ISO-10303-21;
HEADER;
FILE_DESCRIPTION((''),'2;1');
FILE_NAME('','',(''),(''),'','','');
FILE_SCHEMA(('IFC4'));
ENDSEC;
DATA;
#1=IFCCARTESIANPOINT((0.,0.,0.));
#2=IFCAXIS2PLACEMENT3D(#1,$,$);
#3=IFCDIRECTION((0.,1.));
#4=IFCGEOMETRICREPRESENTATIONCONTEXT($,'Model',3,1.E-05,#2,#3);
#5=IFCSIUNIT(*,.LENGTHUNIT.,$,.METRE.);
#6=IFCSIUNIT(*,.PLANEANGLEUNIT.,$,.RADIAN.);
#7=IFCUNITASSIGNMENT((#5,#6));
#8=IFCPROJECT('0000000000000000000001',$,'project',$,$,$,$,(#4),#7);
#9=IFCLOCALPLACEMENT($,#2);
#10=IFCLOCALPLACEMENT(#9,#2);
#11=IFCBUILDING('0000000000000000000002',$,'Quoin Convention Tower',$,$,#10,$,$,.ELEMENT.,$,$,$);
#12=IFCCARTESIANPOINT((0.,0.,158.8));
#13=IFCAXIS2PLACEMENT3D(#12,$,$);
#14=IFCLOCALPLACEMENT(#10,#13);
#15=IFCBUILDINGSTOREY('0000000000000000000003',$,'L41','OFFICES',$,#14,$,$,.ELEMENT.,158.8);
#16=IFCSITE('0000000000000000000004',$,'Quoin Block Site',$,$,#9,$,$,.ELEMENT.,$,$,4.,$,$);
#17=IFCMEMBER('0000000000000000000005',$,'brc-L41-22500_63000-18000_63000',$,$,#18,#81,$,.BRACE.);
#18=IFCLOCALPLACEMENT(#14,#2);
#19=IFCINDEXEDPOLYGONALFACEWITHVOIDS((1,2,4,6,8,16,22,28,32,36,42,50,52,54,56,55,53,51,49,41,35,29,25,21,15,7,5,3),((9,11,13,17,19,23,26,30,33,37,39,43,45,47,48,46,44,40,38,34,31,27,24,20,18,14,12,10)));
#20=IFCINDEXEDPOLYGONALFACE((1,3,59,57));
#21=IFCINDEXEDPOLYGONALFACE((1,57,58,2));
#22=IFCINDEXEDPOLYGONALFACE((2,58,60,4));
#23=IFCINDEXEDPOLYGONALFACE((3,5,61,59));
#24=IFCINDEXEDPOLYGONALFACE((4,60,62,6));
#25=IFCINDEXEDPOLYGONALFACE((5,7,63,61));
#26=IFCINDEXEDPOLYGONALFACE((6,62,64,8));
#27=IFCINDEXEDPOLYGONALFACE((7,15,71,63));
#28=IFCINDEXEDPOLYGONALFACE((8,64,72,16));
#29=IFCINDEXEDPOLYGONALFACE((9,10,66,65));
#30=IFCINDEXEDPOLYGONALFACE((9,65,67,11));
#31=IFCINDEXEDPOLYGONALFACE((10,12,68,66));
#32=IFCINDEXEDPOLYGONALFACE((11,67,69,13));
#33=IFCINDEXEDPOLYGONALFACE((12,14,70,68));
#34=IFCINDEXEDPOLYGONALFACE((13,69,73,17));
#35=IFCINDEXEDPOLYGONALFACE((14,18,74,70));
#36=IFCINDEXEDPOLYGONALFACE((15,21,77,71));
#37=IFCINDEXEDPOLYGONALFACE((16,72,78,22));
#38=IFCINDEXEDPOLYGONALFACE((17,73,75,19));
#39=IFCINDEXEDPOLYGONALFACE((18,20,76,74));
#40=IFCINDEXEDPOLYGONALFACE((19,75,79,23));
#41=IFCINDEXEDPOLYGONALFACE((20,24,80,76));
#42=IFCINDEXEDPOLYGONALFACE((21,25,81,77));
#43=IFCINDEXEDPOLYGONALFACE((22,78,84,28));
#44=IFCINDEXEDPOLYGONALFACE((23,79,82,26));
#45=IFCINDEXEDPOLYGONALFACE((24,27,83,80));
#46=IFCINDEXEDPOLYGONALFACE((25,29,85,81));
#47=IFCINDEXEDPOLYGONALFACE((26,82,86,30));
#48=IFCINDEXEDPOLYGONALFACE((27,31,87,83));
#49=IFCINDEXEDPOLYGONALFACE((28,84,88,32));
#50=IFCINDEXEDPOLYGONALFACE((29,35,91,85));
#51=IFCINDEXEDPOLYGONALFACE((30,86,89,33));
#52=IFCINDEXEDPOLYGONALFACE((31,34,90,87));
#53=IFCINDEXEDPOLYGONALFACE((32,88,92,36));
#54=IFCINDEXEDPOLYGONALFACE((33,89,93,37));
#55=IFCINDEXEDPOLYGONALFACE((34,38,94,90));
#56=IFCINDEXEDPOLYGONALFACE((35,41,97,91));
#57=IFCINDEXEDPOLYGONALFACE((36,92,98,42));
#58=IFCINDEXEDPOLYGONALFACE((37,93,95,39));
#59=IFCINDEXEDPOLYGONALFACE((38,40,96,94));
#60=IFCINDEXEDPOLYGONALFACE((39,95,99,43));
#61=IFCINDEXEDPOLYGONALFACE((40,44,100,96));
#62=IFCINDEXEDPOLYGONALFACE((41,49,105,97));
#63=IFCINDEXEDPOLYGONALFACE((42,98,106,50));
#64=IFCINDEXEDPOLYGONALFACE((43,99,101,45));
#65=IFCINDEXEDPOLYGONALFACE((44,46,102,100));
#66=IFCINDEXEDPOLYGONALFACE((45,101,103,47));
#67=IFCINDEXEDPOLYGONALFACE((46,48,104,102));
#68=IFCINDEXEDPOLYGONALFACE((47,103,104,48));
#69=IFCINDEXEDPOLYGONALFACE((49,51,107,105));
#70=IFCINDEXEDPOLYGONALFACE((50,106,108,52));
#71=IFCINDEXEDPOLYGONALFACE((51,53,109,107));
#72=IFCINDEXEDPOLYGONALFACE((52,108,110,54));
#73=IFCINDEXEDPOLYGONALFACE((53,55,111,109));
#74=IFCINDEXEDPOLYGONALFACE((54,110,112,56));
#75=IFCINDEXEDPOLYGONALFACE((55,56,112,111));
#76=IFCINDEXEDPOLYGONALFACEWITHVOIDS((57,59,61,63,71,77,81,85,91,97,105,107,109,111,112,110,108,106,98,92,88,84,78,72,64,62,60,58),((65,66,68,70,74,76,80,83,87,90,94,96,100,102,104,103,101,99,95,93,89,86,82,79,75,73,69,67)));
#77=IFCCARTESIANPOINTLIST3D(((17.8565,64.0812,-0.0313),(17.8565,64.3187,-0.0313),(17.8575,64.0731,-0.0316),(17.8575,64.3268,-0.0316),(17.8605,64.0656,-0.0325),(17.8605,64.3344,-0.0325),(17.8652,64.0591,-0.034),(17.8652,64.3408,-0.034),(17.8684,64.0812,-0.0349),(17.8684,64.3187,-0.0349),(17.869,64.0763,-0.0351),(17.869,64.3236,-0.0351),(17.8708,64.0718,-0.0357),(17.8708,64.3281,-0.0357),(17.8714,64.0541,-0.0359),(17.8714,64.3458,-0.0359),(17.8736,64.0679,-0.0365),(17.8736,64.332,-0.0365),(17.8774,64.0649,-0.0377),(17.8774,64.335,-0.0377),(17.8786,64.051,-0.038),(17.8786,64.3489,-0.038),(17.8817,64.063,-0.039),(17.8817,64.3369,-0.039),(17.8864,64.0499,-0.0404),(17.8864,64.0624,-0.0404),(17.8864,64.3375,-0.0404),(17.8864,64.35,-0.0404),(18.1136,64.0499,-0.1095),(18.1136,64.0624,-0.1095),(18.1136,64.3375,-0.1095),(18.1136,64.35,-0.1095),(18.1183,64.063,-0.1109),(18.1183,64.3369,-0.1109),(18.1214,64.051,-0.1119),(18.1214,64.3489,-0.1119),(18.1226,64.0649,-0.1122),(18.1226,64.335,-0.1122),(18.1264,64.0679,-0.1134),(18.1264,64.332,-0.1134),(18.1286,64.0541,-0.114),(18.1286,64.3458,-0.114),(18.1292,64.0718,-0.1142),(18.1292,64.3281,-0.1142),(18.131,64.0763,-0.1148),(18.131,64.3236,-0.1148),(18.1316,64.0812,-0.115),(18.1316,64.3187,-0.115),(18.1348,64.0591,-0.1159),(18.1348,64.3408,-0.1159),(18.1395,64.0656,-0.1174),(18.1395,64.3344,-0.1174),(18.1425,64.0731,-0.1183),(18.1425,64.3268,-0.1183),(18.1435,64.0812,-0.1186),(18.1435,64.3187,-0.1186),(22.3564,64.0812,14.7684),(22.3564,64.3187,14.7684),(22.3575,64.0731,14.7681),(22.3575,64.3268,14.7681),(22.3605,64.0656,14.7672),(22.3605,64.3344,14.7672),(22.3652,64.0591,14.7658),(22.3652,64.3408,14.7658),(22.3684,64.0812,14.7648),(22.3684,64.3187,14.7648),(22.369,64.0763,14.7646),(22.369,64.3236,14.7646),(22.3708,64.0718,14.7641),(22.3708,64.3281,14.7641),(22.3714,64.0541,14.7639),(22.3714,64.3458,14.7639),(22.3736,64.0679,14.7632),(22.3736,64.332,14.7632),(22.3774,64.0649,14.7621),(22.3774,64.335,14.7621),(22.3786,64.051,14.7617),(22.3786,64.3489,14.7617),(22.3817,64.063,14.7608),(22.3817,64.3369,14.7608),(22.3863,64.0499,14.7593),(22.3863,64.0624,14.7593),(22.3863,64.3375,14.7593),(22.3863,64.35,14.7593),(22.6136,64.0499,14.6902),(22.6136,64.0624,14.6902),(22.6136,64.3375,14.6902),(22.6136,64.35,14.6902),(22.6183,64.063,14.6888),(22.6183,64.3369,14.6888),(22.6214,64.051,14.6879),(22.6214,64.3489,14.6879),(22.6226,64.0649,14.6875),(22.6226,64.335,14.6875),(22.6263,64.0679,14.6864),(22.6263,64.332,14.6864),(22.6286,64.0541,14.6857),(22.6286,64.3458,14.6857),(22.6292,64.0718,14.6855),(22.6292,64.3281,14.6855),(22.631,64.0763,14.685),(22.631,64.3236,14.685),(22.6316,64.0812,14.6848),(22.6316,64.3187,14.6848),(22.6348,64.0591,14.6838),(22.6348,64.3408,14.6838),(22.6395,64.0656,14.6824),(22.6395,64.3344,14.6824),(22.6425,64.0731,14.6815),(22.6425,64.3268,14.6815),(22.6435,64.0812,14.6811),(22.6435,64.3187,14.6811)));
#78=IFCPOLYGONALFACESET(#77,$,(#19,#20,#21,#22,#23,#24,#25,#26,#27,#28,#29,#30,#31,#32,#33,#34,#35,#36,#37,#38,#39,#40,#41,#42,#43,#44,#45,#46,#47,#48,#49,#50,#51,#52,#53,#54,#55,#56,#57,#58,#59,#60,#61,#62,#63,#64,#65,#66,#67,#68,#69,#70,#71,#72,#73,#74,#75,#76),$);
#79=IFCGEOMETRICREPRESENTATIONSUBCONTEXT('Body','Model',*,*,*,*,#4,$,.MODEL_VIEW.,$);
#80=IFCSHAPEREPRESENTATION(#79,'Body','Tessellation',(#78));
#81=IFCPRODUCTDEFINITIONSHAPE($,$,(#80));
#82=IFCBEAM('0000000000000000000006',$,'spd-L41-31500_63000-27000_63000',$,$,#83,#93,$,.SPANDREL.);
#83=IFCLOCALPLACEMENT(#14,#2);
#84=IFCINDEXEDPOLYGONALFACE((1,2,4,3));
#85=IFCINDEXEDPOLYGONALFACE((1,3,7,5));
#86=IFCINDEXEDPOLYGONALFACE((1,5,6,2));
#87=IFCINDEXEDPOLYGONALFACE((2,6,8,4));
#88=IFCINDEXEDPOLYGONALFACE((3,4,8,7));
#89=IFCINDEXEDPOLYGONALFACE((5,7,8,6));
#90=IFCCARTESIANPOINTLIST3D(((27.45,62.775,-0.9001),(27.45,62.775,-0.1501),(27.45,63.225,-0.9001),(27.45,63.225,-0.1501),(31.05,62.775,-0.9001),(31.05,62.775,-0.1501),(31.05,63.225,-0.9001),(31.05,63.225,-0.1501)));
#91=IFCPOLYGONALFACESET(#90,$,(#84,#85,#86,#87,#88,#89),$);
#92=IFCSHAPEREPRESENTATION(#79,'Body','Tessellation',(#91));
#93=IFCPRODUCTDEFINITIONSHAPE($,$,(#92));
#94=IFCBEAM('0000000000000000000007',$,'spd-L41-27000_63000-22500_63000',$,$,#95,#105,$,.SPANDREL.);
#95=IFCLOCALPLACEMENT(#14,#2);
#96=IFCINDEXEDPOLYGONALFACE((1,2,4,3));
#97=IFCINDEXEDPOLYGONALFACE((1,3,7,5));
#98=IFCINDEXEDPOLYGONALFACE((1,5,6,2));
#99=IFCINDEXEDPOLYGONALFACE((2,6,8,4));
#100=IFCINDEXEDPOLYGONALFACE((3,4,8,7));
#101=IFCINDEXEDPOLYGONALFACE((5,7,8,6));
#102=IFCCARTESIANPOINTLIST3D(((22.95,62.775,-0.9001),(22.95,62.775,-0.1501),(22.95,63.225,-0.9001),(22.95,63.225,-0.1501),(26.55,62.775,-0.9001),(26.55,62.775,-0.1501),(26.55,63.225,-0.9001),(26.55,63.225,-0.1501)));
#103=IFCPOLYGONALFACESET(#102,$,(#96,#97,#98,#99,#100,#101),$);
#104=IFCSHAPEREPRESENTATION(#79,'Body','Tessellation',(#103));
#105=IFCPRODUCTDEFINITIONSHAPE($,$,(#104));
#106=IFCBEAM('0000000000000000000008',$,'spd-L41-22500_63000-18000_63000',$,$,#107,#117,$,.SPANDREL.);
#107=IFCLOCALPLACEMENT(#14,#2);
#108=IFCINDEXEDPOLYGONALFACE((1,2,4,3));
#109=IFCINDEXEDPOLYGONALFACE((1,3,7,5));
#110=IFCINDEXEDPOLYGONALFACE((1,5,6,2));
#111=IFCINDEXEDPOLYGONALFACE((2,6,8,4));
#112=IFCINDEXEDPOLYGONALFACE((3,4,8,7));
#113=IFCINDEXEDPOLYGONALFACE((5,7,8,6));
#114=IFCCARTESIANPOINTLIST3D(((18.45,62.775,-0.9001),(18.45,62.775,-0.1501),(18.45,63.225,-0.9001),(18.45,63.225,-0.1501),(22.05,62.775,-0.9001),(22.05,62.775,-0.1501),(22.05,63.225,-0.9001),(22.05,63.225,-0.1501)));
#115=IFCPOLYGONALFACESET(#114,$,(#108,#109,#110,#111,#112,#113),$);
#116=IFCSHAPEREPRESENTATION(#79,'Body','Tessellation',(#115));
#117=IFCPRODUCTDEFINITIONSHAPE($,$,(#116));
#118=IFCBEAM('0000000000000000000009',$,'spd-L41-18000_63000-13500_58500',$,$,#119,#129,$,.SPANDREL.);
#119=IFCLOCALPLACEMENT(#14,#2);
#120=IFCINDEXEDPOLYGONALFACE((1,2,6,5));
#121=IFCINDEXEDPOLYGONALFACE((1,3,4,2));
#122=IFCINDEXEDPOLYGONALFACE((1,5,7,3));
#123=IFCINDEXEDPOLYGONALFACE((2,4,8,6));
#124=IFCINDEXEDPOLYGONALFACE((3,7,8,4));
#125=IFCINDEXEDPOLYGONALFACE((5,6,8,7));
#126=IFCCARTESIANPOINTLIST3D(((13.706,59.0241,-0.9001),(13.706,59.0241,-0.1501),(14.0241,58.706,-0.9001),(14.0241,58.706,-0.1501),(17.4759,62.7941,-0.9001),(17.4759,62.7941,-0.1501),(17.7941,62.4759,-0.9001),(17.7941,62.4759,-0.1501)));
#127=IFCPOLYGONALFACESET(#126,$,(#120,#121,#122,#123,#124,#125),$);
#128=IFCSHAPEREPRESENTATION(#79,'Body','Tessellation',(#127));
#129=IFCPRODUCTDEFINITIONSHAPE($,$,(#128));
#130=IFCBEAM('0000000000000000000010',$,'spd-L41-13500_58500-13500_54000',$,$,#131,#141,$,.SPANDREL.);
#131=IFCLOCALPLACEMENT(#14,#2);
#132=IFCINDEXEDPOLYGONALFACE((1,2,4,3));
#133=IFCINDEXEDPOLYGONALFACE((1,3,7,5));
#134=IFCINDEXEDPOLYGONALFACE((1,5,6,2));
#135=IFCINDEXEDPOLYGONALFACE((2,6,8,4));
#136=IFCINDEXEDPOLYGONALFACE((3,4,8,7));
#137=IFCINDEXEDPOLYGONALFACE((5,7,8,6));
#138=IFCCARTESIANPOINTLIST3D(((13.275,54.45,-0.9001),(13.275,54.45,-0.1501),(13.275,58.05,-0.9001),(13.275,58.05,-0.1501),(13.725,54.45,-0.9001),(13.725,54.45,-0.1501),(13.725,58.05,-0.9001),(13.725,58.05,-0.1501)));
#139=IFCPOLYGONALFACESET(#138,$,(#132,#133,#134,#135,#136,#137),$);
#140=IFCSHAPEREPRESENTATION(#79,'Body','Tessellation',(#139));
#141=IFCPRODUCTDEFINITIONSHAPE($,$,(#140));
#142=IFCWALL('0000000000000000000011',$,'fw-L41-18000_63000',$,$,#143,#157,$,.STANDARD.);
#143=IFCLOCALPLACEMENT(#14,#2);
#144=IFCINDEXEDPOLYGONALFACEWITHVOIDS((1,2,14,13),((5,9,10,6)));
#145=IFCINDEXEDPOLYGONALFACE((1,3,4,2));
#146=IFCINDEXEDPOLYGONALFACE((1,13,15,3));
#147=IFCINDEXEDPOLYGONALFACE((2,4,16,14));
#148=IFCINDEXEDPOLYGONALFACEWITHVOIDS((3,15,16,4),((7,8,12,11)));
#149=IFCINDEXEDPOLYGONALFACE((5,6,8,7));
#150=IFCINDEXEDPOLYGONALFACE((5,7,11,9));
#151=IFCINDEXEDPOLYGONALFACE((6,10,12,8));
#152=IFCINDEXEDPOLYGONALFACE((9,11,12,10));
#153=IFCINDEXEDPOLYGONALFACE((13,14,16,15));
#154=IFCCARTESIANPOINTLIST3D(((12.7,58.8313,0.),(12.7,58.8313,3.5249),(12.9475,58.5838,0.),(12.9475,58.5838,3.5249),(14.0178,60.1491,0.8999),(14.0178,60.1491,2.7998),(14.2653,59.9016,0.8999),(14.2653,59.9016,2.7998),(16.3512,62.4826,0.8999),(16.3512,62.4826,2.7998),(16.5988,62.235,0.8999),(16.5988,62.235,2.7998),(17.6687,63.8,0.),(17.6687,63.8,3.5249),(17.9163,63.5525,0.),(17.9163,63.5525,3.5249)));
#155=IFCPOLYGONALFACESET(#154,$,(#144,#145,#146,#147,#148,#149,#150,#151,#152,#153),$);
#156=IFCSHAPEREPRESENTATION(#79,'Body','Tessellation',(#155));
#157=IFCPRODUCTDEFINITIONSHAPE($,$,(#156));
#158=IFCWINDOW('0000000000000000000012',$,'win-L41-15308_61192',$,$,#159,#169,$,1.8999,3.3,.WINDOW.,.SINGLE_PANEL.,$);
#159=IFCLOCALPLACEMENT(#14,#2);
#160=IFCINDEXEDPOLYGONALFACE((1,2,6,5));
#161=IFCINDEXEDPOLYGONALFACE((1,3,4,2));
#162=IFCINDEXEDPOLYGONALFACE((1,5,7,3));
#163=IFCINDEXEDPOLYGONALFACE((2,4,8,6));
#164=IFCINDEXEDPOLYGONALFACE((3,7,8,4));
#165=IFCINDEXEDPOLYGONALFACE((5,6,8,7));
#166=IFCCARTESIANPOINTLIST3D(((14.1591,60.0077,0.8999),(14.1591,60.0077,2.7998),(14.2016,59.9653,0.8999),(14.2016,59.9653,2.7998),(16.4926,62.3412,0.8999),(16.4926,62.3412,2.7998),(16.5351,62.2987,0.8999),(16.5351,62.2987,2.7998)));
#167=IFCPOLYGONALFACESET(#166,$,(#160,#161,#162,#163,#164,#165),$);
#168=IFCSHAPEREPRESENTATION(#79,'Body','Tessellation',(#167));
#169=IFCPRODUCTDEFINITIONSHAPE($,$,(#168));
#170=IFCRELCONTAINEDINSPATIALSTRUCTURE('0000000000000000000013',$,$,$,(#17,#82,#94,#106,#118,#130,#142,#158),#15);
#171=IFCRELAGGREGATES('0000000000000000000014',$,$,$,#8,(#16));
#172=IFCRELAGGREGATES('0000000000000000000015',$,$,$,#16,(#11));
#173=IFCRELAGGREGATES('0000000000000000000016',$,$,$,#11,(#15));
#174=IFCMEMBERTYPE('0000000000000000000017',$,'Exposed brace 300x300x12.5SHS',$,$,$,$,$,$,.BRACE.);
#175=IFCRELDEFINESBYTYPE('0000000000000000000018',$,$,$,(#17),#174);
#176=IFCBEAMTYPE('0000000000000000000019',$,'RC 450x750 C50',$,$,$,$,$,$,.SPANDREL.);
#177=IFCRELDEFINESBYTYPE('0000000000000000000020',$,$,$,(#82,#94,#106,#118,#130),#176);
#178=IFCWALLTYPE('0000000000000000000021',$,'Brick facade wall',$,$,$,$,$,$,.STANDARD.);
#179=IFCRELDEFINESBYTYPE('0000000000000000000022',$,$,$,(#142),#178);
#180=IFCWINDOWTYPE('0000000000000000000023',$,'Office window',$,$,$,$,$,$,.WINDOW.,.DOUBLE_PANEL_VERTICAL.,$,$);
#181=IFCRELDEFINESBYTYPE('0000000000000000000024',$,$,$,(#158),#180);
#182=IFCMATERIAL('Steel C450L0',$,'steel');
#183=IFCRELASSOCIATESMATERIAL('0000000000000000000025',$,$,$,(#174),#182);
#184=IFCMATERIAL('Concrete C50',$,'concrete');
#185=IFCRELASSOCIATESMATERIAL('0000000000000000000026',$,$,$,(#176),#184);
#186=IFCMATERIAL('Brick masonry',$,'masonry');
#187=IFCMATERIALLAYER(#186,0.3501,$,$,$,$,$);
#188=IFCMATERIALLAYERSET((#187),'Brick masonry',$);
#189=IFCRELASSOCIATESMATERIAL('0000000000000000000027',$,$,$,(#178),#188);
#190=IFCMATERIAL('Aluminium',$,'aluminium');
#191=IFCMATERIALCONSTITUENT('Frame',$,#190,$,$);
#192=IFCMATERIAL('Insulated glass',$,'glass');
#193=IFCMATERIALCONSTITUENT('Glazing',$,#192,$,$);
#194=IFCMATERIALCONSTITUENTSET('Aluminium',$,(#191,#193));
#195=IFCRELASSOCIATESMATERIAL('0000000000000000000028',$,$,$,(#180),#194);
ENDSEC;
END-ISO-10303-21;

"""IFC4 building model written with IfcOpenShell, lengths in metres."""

from ifc_helpers import new_model, si_unit, direction, frame, frame_2d, origin, origin_2d, place, context, subcontext, project, spatial, rectangle, hollow_rectangle, extrude, material, layer, layer_set, constituent, constituent_set, material_profile, profile_set, type_object, element, fill, save


model = new_model("IFC4")

# Units and contexts
model_context = context("Model", 3, precision=1e-05, world=origin(), true_north=direction((0.0, 1.0)))
body_context = subcontext(model_context, "Body", "Model", "MODEL_VIEW")
ifc_project = project(units=[si_unit("LENGTHUNIT", "METRE"), si_unit("PLANEANGLEUNIT", "RADIAN")], contexts=[model_context])

# Site, building, storey
site_placement = place(None, origin())
site = spatial("IfcSite", under=ifc_project, at=site_placement, Name="Quoin Block Site", CompositionType="ELEMENT", RefElevation=4.0)
building_placement = place(site_placement, origin())
building = spatial("IfcBuilding", under=site, at=building_placement, Name="Quoin Convention Tower", CompositionType="ELEMENT")
storey_placement = place(building_placement, frame((0.0, 0.0, 158.8)))
storey = spatial("IfcBuildingStorey", under=building, at=storey_placement, Name="L41", Description="OFFICES", CompositionType="ELEMENT", Elevation=158.8)

# Shared definitions
ifc_material_1 = material(Name="Concrete C50", Category="concrete")

# Member
ifc_material_2 = material(Name="Steel C450L0", Category="steel")
ifc_material_profile_1 = material_profile(ifc_material_2, hollow_rectangle(XDim=0.3, YDim=0.3, WallThickness=0.0125, InnerFilletRadius=0.0188, OuterFilletRadius=0.0312, at=origin_2d()), Name="300x300x12.5SHS")
ifc_profile_set_1 = profile_set([ifc_material_profile_1], Name="Steel C450L0")
member_type = type_object("IfcMemberType", Name="Exposed brace 300x300x12.5SHS", PredefinedType="BRACE", material=ifc_profile_set_1)
for number, where, z_axis, x_axis, name in (
    (1, (18.0, 64.2, -0.075), (0.290908, 0.0, 0.956751), (0.0, 1.0, 0.0), "brc-L41-22500_63000-18000_63000"),
):
    element("IfcMember", number, at=place(storey_placement, frame(where, z_axis=z_axis, x_axis=x_axis)), inside=storey, type_object=member_type, Name=name, PredefinedType="BRACE", context=body_context, shape_type="SweptSolid", body=[
        extrude(hollow_rectangle(XDim=0.3, YDim=0.3, WallThickness=0.0125, InnerFilletRadius=0.0188, OuterFilletRadius=0.0312, at=origin_2d()), origin(), (0.0, 0.0, 1.0), 15.4688),
    ])

# Beams
ifc_material_profile_2 = material_profile(ifc_material_1, rectangle(XDim=0.45, YDim=0.75, at=origin_2d()), Name="RC 450x750")
ifc_profile_set_2 = profile_set([ifc_material_profile_2], Name="Concrete C50")
beam_type_1 = type_object("IfcBeamType", Name="RC 450x750 C50", PredefinedType="SPANDREL", material=ifc_profile_set_2)
for number, where, z_axis, x_axis, name in (
    (2, (31.05, 63.0, -0.5251), (-1.0, 0.0, 0.0), (0.0, -1.0, 0.0), "spd-L41-31500_63000-27000_63000"),
    (3, (26.55, 63.0, -0.5251), (-1.0, 0.0, 0.0), (0.0, -1.0, 0.0), "spd-L41-27000_63000-22500_63000"),
    (4, (22.05, 63.0, -0.5251), (-1.0, 0.0, 0.0), (0.0, -1.0, 0.0), "spd-L41-22500_63000-18000_63000"),
):
    element("IfcBeam", number, at=place(storey_placement, frame(where, z_axis=z_axis, x_axis=x_axis)), inside=storey, type_object=beam_type_1, Name=name, PredefinedType="SPANDREL", context=body_context, shape_type="SweptSolid", body=[
        extrude(rectangle(XDim=0.45, YDim=0.75, at=origin_2d()), origin(), (0.0, 0.0, 1.0), 3.6001),
    ])
beam_1_placement = place(storey_placement, frame((17.635, 62.635, -0.5251), z_axis=(-0.707107, -0.707107, 0.0), x_axis=(0.707107, -0.707107, 0.0)))
element("IfcBeam", 5, at=beam_1_placement, inside=storey, type_object=beam_type_1, Name="spd-L41-18000_63000-13500_58500", PredefinedType="SPANDREL", context=body_context, shape_type="SweptSolid", body=[
    extrude(rectangle(XDim=0.45, YDim=0.75, at=origin_2d()), origin(), (0.0, 0.0, 1.0), 5.3315),
])
beam_2_placement = place(storey_placement, frame((13.5, 58.05, -0.5251), z_axis=(0.0, -1.0, 0.0), x_axis=(1.0, 0.0, 0.0)))
element("IfcBeam", 6, at=beam_2_placement, inside=storey, type_object=beam_type_1, Name="spd-L41-13500_58500-13500_54000", PredefinedType="SPANDREL", context=body_context, shape_type="SweptSolid", body=[
    extrude(rectangle(XDim=0.45, YDim=0.75, at=origin_2d()), origin(), (0.0, 0.0, 1.0), 3.6001),
])

# Wall, opening, window
ifc_material_3 = material(Name="Brick masonry", Category="masonry")
ifc_layer_1 = layer(ifc_material_3, 0.3501)
ifc_layer_set_1 = layer_set([ifc_layer_1], Name="Brick masonry")
wall_type_1 = type_object("IfcWallType", Name="Brick facade wall", PredefinedType="STANDARD", material=ifc_layer_set_1)
wall_1_placement = place(storey_placement, frame((17.7925, 63.6763, 0.0), z_axis=(0.0, 0.0, 1.0), x_axis=(-0.707107, -0.707107, 0.0)))
wall_1 = element("IfcWall", 7, at=wall_1_placement, inside=storey, type_object=wall_type_1, Name="fw-L41-18000_63000", PredefinedType="STANDARD", context=body_context, shape_type="SweptSolid", body=[
    extrude(rectangle(XDim=7.0269, YDim=0.3501, at=frame_2d((3.5134, 0.0))), origin(), (0.0, 0.0, 1.0), 3.5249),
])
opening_1_placement = place(wall_1_placement, frame((1.8633, 0.0, 0.8999)))
opening_1 = element("IfcOpeningElement", 8, at=opening_1_placement, cuts=wall_1, PredefinedType="OPENING", context=body_context, shape_type="SweptSolid", body=[
    extrude(rectangle(XDim=3.3, YDim=1.8999, at=frame_2d((1.6499, 0.95))), frame((0.0, 0.1851, 0.0), z_axis=(0.0, -1.0, 0.0), x_axis=(1.0, 0.0, 0.0)), (0.0, 0.0, 1.0), 0.3701),
])
ifc_material_4 = material(Name="Aluminium", Category="aluminium")
ifc_constituent_1 = constituent(ifc_material_4, Name="Frame")
ifc_material_5 = material(Name="Insulated glass", Category="glass")
ifc_constituent_2 = constituent(ifc_material_5, Name="Glazing")
ifc_constituent_set = constituent_set(constituents=[ifc_constituent_1, ifc_constituent_2], Name="Aluminium")
window_type = type_object("IfcWindowType", Name="Office window", PartitioningType="DOUBLE_PANEL_VERTICAL", PredefinedType="WINDOW", material=ifc_constituent_set)
window_1_placement = place(opening_1_placement, origin())
window_1 = element("IfcWindow", 9, at=window_1_placement, inside=storey, type_object=window_type, Name="win-L41-15308_61192", OverallHeight=1.8999, OverallWidth=3.3, PartitioningType="SINGLE_PANEL", PredefinedType="WINDOW", context=body_context, shape_type="SweptSolid", body=[
    extrude(rectangle(XDim=3.3, YDim=1.8999, at=frame_2d((1.6499, 0.95))), frame((0.0, 0.085, 0.0), z_axis=(0.0, -1.0, 0.0), x_axis=(1.0, 0.0, 0.0)), (0.0, 0.0, 1.0), 0.0601),
])
fill(opening_1, window_1)

save(model, "model.ifc")
